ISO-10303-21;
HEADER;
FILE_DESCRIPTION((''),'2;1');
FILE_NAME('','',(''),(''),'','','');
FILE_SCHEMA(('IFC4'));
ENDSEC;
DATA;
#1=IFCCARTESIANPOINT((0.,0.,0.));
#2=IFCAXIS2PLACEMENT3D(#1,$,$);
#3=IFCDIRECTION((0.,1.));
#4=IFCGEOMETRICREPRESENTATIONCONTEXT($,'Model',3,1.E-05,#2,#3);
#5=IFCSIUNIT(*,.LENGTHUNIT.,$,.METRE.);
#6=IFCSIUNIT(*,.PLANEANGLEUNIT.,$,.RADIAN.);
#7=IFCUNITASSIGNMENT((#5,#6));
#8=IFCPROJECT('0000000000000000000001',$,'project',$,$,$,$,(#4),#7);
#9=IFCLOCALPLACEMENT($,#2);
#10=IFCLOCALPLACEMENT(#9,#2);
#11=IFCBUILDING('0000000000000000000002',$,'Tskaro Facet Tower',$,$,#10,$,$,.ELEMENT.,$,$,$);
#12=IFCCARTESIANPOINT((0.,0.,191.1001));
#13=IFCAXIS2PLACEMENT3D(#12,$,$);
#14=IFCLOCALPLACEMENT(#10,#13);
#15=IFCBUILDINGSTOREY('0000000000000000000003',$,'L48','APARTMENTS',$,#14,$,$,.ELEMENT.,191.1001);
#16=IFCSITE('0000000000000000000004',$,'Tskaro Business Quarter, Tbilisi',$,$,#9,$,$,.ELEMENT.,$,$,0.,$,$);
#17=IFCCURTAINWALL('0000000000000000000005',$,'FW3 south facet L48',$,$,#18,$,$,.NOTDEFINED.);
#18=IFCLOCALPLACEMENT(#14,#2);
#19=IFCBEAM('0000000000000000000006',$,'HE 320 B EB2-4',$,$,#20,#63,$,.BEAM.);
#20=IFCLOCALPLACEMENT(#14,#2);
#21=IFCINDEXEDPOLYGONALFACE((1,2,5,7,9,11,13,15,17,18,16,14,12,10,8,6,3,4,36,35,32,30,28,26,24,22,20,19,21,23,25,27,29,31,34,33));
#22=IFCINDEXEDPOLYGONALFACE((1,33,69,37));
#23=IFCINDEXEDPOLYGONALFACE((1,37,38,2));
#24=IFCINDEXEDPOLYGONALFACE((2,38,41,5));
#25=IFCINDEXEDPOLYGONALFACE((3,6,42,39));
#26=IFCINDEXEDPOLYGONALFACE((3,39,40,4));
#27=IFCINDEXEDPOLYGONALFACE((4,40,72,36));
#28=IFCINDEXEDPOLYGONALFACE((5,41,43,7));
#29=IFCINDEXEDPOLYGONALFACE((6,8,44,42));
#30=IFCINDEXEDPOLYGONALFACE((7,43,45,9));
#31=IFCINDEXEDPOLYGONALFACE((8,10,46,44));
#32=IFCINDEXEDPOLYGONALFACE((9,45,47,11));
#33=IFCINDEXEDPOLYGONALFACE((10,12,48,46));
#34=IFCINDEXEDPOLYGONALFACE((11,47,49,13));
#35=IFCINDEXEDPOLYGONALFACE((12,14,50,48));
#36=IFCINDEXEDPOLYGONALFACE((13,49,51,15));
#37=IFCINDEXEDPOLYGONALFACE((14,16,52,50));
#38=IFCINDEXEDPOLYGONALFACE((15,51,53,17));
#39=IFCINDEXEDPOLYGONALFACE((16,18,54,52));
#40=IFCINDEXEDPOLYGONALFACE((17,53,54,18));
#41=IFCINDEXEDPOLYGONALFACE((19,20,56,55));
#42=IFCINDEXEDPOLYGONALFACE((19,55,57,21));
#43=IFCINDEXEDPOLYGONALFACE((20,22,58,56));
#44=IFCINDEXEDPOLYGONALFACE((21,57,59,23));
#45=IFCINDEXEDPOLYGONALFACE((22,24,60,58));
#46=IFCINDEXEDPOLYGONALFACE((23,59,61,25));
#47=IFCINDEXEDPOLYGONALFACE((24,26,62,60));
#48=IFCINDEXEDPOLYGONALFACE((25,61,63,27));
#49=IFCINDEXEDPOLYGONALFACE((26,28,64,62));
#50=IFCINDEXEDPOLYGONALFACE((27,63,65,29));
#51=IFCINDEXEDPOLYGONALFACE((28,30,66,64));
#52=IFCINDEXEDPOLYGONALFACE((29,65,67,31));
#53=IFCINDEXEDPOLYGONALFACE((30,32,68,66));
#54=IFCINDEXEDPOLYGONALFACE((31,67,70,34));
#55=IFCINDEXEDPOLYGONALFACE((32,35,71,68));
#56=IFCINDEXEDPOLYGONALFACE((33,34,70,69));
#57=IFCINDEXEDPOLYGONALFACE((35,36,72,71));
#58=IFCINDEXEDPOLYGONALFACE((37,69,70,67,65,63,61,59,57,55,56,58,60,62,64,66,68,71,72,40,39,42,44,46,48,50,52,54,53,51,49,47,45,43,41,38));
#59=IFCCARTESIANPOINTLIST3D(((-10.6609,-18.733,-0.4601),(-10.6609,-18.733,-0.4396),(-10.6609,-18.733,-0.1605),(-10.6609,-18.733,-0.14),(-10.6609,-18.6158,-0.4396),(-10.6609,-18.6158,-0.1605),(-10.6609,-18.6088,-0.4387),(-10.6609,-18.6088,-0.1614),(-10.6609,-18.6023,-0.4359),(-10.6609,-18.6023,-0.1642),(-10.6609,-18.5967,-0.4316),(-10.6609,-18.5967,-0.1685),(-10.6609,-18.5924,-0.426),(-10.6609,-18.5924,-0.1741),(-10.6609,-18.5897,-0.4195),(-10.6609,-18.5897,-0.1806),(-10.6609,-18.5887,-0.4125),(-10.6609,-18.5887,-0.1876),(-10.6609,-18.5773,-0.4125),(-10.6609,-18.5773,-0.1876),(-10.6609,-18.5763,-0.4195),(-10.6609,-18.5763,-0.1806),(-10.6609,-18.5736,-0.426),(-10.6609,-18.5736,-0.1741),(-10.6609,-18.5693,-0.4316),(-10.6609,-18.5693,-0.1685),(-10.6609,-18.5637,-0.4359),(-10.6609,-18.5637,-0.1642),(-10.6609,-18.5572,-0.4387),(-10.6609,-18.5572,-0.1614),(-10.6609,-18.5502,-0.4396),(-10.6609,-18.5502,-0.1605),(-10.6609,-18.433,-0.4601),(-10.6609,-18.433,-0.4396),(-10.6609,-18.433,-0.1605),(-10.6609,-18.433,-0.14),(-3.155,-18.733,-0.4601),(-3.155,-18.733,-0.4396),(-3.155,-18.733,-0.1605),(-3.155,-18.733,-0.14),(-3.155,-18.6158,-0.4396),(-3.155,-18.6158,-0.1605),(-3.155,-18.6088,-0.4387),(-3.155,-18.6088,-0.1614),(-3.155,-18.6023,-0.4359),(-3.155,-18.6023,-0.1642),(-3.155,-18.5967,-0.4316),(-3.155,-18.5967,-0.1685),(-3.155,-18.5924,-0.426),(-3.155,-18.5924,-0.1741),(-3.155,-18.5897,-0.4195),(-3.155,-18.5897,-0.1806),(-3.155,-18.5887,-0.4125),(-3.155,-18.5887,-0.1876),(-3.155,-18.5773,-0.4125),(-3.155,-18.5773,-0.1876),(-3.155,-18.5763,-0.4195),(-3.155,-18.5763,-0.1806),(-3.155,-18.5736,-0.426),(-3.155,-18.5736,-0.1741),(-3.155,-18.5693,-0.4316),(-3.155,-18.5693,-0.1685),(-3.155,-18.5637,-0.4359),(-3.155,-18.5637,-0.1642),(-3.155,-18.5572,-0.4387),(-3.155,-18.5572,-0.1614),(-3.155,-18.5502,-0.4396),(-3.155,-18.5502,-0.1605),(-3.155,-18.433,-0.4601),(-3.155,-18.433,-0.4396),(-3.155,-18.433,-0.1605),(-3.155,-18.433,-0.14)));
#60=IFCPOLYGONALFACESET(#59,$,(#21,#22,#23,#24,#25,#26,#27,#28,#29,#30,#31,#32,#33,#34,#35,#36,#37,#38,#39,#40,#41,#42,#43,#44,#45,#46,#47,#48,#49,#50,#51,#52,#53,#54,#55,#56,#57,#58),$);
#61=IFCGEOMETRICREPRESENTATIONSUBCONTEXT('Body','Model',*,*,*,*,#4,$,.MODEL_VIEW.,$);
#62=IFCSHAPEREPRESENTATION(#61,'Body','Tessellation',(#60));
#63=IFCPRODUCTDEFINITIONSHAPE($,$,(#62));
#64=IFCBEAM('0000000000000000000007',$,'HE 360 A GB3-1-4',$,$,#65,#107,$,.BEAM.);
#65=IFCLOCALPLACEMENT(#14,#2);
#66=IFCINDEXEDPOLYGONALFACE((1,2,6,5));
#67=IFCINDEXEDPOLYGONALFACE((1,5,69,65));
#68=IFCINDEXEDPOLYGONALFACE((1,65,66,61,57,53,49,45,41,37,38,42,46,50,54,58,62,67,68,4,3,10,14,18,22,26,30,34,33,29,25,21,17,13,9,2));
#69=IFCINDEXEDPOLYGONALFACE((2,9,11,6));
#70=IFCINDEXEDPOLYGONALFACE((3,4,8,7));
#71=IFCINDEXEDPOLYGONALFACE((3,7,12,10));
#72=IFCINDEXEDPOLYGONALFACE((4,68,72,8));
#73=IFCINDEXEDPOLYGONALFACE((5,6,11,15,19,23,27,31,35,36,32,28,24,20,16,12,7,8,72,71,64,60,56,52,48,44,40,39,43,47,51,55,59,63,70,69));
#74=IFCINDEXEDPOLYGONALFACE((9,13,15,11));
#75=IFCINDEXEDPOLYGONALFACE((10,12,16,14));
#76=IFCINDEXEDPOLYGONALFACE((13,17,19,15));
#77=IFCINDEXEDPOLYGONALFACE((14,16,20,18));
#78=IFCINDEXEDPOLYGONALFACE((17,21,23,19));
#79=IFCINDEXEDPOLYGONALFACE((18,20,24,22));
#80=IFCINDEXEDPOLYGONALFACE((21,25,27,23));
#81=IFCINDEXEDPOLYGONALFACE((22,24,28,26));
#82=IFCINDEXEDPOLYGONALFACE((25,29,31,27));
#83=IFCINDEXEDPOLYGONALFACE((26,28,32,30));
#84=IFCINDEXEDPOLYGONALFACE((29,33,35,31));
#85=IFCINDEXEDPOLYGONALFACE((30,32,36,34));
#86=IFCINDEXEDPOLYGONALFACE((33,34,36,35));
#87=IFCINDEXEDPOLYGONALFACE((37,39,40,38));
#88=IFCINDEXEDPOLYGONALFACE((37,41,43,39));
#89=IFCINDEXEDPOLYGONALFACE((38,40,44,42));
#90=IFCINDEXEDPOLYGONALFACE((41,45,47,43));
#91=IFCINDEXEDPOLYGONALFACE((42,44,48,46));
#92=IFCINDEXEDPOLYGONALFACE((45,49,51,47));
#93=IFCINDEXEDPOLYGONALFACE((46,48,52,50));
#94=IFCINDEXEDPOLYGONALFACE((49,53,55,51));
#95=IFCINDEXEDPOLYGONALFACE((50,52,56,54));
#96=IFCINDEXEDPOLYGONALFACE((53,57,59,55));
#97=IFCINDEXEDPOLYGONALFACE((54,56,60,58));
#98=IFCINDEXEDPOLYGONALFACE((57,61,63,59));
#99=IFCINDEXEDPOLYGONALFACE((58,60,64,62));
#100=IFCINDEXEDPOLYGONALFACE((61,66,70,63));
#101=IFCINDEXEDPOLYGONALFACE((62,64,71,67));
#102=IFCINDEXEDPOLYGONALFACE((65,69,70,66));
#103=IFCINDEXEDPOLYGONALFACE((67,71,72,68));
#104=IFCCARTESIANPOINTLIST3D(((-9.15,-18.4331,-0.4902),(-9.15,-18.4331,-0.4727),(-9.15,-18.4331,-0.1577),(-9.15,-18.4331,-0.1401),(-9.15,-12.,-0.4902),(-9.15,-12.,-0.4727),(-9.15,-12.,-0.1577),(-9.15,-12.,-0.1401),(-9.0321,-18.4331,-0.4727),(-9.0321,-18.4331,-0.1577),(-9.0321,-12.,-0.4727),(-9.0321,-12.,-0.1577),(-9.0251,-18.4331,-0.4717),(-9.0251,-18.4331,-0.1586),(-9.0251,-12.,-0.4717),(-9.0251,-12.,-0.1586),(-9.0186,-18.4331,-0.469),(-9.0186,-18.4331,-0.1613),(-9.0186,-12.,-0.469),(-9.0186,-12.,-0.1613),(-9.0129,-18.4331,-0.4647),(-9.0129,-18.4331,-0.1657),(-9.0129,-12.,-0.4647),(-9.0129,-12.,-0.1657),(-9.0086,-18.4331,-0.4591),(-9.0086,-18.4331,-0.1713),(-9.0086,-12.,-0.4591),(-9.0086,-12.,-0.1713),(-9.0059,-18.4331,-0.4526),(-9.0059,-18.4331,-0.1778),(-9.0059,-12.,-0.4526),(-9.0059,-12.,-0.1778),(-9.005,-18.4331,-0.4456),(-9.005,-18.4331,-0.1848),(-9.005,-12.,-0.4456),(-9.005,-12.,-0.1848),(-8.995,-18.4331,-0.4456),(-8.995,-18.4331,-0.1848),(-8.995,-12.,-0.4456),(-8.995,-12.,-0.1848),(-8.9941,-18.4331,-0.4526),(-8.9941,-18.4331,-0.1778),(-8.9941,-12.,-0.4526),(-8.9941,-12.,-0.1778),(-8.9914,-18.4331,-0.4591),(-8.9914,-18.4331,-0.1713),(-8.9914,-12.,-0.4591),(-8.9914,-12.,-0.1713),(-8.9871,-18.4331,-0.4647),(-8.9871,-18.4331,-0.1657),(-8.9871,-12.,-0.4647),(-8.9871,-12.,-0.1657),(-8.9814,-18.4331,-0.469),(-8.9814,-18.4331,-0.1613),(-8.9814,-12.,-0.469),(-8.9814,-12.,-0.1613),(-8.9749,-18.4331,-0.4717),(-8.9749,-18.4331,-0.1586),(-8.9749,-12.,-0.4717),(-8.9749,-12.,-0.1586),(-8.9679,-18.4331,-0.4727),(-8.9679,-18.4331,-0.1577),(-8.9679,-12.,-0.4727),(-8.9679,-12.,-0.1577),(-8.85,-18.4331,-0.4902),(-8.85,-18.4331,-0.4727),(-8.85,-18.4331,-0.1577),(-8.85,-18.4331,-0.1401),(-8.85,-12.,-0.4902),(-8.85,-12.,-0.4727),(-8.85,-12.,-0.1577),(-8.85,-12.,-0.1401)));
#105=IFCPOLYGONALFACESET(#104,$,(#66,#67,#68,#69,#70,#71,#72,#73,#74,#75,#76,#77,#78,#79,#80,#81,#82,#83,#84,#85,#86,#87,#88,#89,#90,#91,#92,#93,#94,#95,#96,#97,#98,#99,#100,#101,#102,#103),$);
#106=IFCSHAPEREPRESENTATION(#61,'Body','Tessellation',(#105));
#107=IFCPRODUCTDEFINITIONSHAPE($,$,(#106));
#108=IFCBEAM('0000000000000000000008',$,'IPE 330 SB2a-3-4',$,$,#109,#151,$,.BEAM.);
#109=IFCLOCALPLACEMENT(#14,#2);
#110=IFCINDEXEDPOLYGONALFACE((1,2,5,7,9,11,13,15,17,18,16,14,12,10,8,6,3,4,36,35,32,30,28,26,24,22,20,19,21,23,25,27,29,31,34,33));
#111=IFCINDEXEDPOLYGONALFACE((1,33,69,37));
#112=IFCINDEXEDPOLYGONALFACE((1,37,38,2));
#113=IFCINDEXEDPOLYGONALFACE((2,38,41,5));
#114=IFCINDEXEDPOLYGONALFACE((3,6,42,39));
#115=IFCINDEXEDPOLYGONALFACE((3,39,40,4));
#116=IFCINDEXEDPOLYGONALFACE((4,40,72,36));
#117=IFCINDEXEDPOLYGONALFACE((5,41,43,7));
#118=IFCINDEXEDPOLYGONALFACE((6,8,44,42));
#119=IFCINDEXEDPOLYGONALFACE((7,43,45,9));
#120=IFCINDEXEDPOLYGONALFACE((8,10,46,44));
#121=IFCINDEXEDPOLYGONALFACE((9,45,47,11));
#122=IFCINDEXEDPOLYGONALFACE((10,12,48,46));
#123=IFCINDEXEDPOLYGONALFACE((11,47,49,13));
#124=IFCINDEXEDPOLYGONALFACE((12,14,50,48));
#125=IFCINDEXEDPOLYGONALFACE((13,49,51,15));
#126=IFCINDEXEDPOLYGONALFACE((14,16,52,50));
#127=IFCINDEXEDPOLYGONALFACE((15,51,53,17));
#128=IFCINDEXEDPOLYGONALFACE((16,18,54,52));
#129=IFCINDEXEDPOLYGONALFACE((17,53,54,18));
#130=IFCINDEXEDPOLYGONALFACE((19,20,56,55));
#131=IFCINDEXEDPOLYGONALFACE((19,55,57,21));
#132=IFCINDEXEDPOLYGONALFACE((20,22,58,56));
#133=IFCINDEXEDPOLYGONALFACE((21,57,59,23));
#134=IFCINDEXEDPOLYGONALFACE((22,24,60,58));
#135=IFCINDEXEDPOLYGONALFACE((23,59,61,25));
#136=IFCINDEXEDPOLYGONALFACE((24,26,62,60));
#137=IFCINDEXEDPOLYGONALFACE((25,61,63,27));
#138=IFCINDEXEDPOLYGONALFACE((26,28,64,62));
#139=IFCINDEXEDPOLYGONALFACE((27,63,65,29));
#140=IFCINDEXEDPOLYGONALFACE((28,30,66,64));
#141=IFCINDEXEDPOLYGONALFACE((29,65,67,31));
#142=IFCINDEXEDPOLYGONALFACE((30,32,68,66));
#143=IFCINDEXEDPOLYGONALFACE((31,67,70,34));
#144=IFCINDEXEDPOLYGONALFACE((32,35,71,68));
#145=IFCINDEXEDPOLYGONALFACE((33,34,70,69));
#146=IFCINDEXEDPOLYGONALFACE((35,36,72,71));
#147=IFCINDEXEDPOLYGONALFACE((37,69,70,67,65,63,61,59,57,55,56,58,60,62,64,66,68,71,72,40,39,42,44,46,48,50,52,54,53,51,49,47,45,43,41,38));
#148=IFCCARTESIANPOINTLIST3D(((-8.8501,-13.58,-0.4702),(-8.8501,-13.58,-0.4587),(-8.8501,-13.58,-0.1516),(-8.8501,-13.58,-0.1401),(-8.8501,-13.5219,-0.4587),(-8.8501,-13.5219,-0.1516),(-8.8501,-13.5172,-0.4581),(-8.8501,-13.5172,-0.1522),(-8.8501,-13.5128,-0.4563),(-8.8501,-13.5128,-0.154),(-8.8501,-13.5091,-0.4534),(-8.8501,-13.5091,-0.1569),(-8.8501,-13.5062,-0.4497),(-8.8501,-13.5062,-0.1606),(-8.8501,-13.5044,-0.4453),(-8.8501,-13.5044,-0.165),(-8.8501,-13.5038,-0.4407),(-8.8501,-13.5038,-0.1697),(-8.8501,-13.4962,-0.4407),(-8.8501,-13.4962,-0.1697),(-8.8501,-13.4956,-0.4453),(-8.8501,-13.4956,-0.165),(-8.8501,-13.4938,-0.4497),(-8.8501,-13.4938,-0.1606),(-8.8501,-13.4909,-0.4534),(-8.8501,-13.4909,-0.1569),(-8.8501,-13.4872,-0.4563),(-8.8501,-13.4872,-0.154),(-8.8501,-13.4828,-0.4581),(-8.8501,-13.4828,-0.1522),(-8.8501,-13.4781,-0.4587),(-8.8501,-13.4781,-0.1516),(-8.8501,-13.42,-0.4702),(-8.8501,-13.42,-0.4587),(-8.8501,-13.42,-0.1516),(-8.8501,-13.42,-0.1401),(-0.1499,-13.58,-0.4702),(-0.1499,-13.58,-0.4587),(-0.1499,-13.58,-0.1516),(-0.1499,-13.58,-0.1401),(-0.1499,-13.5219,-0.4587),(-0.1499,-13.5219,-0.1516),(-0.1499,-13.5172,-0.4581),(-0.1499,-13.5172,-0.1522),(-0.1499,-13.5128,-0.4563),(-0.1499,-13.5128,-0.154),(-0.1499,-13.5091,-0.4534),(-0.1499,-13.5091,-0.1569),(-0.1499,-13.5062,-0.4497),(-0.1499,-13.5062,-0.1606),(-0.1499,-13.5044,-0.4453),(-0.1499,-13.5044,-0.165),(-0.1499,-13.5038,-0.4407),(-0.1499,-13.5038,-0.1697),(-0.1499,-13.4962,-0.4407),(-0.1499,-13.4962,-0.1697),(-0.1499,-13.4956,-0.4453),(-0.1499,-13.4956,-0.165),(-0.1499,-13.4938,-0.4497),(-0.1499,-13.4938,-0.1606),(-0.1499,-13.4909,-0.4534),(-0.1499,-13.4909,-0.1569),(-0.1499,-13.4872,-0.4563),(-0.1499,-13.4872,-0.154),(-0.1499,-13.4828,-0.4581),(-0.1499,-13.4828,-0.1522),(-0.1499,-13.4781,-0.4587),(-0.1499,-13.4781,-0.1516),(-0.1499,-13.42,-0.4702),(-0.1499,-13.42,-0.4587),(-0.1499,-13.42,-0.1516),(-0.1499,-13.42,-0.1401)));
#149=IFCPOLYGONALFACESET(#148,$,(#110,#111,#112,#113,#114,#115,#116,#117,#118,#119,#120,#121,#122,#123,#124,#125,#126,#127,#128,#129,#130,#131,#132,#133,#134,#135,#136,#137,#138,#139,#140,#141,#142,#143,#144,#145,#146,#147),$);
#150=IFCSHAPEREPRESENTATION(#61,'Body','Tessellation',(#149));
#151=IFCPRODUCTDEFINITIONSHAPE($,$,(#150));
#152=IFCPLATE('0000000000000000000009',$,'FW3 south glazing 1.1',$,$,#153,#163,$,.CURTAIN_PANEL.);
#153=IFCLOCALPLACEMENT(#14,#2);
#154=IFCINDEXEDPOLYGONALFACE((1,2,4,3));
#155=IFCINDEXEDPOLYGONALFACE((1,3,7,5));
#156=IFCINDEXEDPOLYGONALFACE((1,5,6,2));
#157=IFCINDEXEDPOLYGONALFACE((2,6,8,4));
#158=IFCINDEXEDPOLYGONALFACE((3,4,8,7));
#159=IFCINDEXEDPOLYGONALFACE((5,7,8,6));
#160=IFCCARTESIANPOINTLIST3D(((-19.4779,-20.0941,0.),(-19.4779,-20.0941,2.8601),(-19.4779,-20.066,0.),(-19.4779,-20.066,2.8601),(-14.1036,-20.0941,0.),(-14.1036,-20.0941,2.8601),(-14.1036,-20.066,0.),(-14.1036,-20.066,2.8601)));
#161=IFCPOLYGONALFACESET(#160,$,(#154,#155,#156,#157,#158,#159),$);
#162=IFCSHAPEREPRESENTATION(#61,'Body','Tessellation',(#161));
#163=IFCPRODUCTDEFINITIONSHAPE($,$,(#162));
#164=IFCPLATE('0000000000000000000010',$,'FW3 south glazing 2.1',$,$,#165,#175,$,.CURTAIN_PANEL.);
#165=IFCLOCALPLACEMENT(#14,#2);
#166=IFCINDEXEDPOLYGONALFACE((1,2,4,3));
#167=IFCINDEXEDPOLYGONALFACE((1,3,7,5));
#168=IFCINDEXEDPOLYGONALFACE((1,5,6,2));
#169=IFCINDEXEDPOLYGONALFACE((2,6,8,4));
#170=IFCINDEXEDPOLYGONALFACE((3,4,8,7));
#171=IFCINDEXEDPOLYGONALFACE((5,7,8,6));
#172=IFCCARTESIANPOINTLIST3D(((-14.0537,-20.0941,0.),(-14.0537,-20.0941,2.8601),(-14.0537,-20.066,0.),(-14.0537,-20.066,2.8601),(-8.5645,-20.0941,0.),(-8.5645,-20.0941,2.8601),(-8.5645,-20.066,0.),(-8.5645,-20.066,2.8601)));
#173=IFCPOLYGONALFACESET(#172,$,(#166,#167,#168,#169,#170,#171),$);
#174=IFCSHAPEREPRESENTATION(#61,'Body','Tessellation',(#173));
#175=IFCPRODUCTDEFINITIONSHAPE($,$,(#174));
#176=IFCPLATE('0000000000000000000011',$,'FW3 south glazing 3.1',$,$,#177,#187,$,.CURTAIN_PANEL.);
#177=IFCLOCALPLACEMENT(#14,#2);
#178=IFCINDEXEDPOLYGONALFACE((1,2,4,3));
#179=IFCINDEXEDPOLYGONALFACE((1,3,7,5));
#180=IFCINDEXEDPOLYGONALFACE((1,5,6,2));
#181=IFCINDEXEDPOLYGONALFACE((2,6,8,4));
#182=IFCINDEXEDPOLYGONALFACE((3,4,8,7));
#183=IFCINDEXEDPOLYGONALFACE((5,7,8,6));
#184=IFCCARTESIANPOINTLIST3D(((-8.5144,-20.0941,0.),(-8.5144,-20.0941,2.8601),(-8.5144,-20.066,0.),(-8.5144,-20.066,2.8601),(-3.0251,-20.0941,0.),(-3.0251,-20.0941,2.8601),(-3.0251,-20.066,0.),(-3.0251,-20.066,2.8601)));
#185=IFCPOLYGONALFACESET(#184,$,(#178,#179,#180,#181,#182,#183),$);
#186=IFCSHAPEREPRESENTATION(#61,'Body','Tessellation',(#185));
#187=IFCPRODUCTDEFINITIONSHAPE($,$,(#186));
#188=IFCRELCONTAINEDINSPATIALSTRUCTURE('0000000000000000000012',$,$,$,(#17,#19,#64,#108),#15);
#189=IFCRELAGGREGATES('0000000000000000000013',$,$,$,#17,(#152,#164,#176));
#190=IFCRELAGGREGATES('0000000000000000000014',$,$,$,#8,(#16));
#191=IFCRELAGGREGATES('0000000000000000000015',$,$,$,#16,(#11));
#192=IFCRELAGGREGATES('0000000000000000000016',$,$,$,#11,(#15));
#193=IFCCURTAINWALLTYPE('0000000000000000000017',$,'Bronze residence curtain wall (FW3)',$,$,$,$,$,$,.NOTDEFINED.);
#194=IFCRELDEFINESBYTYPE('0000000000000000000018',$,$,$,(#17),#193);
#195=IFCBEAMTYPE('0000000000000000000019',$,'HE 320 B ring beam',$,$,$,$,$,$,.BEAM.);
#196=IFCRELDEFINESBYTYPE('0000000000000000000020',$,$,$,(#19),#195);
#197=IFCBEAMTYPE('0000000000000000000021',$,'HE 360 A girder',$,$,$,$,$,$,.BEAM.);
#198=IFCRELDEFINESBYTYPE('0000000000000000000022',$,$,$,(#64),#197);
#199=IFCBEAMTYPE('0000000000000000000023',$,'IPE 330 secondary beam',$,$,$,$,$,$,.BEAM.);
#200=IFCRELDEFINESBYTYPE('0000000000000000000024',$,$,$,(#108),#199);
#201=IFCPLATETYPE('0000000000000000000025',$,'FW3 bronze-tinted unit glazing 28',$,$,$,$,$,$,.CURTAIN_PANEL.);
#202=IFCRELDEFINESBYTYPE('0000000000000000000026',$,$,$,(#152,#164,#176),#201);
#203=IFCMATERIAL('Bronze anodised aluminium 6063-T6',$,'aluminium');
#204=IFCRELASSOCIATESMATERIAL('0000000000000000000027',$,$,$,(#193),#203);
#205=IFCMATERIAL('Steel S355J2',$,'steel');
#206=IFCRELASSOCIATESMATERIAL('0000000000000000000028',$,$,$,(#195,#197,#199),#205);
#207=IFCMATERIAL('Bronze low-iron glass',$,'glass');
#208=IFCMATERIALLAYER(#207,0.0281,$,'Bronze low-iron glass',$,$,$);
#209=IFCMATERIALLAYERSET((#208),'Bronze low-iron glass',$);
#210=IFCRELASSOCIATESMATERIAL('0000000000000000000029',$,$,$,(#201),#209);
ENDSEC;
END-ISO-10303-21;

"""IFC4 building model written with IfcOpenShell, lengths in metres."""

from ifc_helpers import new_model, si_unit, direction, frame, origin, origin_2d, place, context, subcontext, project, spatial, rectangle, i_section, extrude, material, layer, layer_set, material_profile, profile_set, type_object, element, aggregate, save


model = new_model("IFC4")

# Units and contexts
model_context = context("Model", 3, precision=1e-05, world=origin(), true_north=direction((0.0, 1.0)))
body_context = subcontext(model_context, "Body", "Model", "MODEL_VIEW")
ifc_project = project(units=[si_unit("LENGTHUNIT", "METRE"), si_unit("PLANEANGLEUNIT", "RADIAN")], contexts=[model_context])

# Site, building, storey
site_placement = place(None, origin())
site = spatial("IfcSite", under=ifc_project, at=site_placement, Name="Tskaro Business Quarter, Tbilisi", CompositionType="ELEMENT", RefElevation=0.0)
building_placement = place(site_placement, origin())
building = spatial("IfcBuilding", under=site, at=building_placement, Name="Tskaro Facet Tower", CompositionType="ELEMENT")
storey_placement = place(building_placement, frame((0.0, 0.0, 191.1001)))
storey = spatial("IfcBuildingStorey", under=building, at=storey_placement, Name="L48", Description="APARTMENTS", CompositionType="ELEMENT", Elevation=191.1001)

# Curtain wall
ifc_material_1 = material(Name="Bronze anodised aluminium 6063-T6", Category="aluminium")
curtain_wall_type = type_object("IfcCurtainWallType", Name="Bronze residence curtain wall (FW3)", PredefinedType="NOTDEFINED", material=ifc_material_1)
curtain_wall_placement = place(storey_placement, origin())
curtain_wall = element("IfcCurtainWall", 1, at=curtain_wall_placement, inside=storey, type_object=curtain_wall_type, Name="FW3 south facet L48", PredefinedType="NOTDEFINED")

# Beams
ifc_material_2 = material(Name="Steel S355J2", Category="steel")
ifc_material_profile_1 = material_profile(ifc_material_2, i_section(OverallWidth=0.3, OverallDepth=0.3201, WebThickness=0.0115, FlangeThickness=0.0205, FilletRadius=0.0271, at=origin_2d()), Name="HE 320 B")
ifc_profile_set_1 = profile_set([ifc_material_profile_1], Name="Steel S355J2")
beam_type_1 = type_object("IfcBeamType", Name="HE 320 B ring beam", PredefinedType="BEAM", material=ifc_profile_set_1)
beam_1_placement = place(storey_placement, frame((-10.6609, -18.583, -0.3), z_axis=(1.0, 0.0, 0.0), x_axis=(0.0, 1.0, 0.0)))
element("IfcBeam", 2, at=beam_1_placement, inside=storey, type_object=beam_type_1, Name="HE 320 B EB2-4", PredefinedType="BEAM", context=body_context, shape_type="SweptSolid", body=[
    extrude(i_section(OverallWidth=0.3, OverallDepth=0.3201, WebThickness=0.0115, FlangeThickness=0.0205, FilletRadius=0.0271, at=origin_2d()), origin(), (0.0, 0.0, 1.0), 7.5059),
])
ifc_material_profile_2 = material_profile(ifc_material_2, i_section(OverallWidth=0.3, OverallDepth=0.3501, WebThickness=0.01, FlangeThickness=0.0176, FilletRadius=0.0271, at=origin_2d()), Name="HE 360 A")
ifc_profile_set_2 = profile_set([ifc_material_profile_2], Name="Steel S355J2")
beam_type_2 = type_object("IfcBeamType", Name="HE 360 A girder", PredefinedType="BEAM", material=ifc_profile_set_2)
beam_2_placement = place(storey_placement, frame((-9.0, -18.4331, -0.3152), z_axis=(0.0, 1.0, 0.0), x_axis=(-1.0, 0.0, 0.0)))
element("IfcBeam", 3, at=beam_2_placement, inside=storey, type_object=beam_type_2, Name="HE 360 A GB3-1-4", PredefinedType="BEAM", context=body_context, shape_type="SweptSolid", body=[
    extrude(i_section(OverallWidth=0.3, OverallDepth=0.3501, WebThickness=0.01, FlangeThickness=0.0176, FilletRadius=0.0271, at=origin_2d()), origin(), (0.0, 0.0, 1.0), 6.4331),
])
ifc_material_profile_3 = material_profile(ifc_material_2, i_section(OverallWidth=0.1599, OverallDepth=0.3301, WebThickness=0.0076, FlangeThickness=0.0115, FilletRadius=0.0181, at=origin_2d()), Name="IPE 330")
ifc_profile_set_3 = profile_set([ifc_material_profile_3], Name="Steel S355J2")
beam_type_3 = type_object("IfcBeamType", Name="IPE 330 secondary beam", PredefinedType="BEAM", material=ifc_profile_set_3)
beam_3_placement = place(storey_placement, frame((-8.8501, -13.5, -0.3052), z_axis=(1.0, 0.0, 0.0), x_axis=(0.0, 1.0, 0.0)))
element("IfcBeam", 4, at=beam_3_placement, inside=storey, type_object=beam_type_3, Name="IPE 330 SB2a-3-4", PredefinedType="BEAM", context=body_context, shape_type="SweptSolid", body=[
    extrude(i_section(OverallWidth=0.1599, OverallDepth=0.3301, WebThickness=0.0076, FlangeThickness=0.0115, FilletRadius=0.0181, at=origin_2d()), origin(), (0.0, 0.0, 1.0), 8.7002),
])

# Plates
ifc_material_3 = material(Name="Bronze low-iron glass", Category="glass")
ifc_layer_1 = layer(ifc_material_3, 0.0281, Name="Bronze low-iron glass")
ifc_layer_set_1 = layer_set([ifc_layer_1], Name="Bronze low-iron glass")
plate_type = type_object("IfcPlateType", Name="FW3 bronze-tinted unit glazing 28", PredefinedType="CURTAIN_PANEL", material=ifc_layer_set_1)
plate_1_placement = place(storey_placement, frame((-16.7908, -20.0801, 0.0), z_axis=(0.0, 0.0, 1.0), x_axis=(1.0, 0.0, 0.0)))
plate_1 = element("IfcPlate", 5, at=plate_1_placement, type_object=plate_type, Name="FW3 south glazing 1.1", PredefinedType="CURTAIN_PANEL", context=body_context, shape_type="SweptSolid", body=[
    extrude(rectangle(XDim=5.3743, YDim=0.0281, at=origin_2d()), origin(), (0.0, 0.0, 1.0), 2.8601),
])
plate_2_placement = place(storey_placement, frame((-11.3091, -20.0801, 0.0), z_axis=(0.0, 0.0, 1.0), x_axis=(1.0, 0.0, 0.0)))
plate_2 = element("IfcPlate", 6, at=plate_2_placement, type_object=plate_type, Name="FW3 south glazing 2.1", PredefinedType="CURTAIN_PANEL", context=body_context, shape_type="SweptSolid", body=[
    extrude(rectangle(XDim=5.4893, YDim=0.0281, at=origin_2d()), origin(), (0.0, 0.0, 1.0), 2.8601),
])
plate_3_placement = place(storey_placement, frame((-5.7698, -20.0801, 0.0), z_axis=(0.0, 0.0, 1.0), x_axis=(1.0, 0.0, 0.0)))
plate_3 = element("IfcPlate", 7, at=plate_3_placement, type_object=plate_type, Name="FW3 south glazing 3.1", PredefinedType="CURTAIN_PANEL", context=body_context, shape_type="SweptSolid", body=[
    extrude(rectangle(XDim=5.4893, YDim=0.0281, at=origin_2d()), origin(), (0.0, 0.0, 1.0), 2.8601),
])
aggregate(curtain_wall, [plate_1, plate_2, plate_3])

save(model, "model.ifc")
